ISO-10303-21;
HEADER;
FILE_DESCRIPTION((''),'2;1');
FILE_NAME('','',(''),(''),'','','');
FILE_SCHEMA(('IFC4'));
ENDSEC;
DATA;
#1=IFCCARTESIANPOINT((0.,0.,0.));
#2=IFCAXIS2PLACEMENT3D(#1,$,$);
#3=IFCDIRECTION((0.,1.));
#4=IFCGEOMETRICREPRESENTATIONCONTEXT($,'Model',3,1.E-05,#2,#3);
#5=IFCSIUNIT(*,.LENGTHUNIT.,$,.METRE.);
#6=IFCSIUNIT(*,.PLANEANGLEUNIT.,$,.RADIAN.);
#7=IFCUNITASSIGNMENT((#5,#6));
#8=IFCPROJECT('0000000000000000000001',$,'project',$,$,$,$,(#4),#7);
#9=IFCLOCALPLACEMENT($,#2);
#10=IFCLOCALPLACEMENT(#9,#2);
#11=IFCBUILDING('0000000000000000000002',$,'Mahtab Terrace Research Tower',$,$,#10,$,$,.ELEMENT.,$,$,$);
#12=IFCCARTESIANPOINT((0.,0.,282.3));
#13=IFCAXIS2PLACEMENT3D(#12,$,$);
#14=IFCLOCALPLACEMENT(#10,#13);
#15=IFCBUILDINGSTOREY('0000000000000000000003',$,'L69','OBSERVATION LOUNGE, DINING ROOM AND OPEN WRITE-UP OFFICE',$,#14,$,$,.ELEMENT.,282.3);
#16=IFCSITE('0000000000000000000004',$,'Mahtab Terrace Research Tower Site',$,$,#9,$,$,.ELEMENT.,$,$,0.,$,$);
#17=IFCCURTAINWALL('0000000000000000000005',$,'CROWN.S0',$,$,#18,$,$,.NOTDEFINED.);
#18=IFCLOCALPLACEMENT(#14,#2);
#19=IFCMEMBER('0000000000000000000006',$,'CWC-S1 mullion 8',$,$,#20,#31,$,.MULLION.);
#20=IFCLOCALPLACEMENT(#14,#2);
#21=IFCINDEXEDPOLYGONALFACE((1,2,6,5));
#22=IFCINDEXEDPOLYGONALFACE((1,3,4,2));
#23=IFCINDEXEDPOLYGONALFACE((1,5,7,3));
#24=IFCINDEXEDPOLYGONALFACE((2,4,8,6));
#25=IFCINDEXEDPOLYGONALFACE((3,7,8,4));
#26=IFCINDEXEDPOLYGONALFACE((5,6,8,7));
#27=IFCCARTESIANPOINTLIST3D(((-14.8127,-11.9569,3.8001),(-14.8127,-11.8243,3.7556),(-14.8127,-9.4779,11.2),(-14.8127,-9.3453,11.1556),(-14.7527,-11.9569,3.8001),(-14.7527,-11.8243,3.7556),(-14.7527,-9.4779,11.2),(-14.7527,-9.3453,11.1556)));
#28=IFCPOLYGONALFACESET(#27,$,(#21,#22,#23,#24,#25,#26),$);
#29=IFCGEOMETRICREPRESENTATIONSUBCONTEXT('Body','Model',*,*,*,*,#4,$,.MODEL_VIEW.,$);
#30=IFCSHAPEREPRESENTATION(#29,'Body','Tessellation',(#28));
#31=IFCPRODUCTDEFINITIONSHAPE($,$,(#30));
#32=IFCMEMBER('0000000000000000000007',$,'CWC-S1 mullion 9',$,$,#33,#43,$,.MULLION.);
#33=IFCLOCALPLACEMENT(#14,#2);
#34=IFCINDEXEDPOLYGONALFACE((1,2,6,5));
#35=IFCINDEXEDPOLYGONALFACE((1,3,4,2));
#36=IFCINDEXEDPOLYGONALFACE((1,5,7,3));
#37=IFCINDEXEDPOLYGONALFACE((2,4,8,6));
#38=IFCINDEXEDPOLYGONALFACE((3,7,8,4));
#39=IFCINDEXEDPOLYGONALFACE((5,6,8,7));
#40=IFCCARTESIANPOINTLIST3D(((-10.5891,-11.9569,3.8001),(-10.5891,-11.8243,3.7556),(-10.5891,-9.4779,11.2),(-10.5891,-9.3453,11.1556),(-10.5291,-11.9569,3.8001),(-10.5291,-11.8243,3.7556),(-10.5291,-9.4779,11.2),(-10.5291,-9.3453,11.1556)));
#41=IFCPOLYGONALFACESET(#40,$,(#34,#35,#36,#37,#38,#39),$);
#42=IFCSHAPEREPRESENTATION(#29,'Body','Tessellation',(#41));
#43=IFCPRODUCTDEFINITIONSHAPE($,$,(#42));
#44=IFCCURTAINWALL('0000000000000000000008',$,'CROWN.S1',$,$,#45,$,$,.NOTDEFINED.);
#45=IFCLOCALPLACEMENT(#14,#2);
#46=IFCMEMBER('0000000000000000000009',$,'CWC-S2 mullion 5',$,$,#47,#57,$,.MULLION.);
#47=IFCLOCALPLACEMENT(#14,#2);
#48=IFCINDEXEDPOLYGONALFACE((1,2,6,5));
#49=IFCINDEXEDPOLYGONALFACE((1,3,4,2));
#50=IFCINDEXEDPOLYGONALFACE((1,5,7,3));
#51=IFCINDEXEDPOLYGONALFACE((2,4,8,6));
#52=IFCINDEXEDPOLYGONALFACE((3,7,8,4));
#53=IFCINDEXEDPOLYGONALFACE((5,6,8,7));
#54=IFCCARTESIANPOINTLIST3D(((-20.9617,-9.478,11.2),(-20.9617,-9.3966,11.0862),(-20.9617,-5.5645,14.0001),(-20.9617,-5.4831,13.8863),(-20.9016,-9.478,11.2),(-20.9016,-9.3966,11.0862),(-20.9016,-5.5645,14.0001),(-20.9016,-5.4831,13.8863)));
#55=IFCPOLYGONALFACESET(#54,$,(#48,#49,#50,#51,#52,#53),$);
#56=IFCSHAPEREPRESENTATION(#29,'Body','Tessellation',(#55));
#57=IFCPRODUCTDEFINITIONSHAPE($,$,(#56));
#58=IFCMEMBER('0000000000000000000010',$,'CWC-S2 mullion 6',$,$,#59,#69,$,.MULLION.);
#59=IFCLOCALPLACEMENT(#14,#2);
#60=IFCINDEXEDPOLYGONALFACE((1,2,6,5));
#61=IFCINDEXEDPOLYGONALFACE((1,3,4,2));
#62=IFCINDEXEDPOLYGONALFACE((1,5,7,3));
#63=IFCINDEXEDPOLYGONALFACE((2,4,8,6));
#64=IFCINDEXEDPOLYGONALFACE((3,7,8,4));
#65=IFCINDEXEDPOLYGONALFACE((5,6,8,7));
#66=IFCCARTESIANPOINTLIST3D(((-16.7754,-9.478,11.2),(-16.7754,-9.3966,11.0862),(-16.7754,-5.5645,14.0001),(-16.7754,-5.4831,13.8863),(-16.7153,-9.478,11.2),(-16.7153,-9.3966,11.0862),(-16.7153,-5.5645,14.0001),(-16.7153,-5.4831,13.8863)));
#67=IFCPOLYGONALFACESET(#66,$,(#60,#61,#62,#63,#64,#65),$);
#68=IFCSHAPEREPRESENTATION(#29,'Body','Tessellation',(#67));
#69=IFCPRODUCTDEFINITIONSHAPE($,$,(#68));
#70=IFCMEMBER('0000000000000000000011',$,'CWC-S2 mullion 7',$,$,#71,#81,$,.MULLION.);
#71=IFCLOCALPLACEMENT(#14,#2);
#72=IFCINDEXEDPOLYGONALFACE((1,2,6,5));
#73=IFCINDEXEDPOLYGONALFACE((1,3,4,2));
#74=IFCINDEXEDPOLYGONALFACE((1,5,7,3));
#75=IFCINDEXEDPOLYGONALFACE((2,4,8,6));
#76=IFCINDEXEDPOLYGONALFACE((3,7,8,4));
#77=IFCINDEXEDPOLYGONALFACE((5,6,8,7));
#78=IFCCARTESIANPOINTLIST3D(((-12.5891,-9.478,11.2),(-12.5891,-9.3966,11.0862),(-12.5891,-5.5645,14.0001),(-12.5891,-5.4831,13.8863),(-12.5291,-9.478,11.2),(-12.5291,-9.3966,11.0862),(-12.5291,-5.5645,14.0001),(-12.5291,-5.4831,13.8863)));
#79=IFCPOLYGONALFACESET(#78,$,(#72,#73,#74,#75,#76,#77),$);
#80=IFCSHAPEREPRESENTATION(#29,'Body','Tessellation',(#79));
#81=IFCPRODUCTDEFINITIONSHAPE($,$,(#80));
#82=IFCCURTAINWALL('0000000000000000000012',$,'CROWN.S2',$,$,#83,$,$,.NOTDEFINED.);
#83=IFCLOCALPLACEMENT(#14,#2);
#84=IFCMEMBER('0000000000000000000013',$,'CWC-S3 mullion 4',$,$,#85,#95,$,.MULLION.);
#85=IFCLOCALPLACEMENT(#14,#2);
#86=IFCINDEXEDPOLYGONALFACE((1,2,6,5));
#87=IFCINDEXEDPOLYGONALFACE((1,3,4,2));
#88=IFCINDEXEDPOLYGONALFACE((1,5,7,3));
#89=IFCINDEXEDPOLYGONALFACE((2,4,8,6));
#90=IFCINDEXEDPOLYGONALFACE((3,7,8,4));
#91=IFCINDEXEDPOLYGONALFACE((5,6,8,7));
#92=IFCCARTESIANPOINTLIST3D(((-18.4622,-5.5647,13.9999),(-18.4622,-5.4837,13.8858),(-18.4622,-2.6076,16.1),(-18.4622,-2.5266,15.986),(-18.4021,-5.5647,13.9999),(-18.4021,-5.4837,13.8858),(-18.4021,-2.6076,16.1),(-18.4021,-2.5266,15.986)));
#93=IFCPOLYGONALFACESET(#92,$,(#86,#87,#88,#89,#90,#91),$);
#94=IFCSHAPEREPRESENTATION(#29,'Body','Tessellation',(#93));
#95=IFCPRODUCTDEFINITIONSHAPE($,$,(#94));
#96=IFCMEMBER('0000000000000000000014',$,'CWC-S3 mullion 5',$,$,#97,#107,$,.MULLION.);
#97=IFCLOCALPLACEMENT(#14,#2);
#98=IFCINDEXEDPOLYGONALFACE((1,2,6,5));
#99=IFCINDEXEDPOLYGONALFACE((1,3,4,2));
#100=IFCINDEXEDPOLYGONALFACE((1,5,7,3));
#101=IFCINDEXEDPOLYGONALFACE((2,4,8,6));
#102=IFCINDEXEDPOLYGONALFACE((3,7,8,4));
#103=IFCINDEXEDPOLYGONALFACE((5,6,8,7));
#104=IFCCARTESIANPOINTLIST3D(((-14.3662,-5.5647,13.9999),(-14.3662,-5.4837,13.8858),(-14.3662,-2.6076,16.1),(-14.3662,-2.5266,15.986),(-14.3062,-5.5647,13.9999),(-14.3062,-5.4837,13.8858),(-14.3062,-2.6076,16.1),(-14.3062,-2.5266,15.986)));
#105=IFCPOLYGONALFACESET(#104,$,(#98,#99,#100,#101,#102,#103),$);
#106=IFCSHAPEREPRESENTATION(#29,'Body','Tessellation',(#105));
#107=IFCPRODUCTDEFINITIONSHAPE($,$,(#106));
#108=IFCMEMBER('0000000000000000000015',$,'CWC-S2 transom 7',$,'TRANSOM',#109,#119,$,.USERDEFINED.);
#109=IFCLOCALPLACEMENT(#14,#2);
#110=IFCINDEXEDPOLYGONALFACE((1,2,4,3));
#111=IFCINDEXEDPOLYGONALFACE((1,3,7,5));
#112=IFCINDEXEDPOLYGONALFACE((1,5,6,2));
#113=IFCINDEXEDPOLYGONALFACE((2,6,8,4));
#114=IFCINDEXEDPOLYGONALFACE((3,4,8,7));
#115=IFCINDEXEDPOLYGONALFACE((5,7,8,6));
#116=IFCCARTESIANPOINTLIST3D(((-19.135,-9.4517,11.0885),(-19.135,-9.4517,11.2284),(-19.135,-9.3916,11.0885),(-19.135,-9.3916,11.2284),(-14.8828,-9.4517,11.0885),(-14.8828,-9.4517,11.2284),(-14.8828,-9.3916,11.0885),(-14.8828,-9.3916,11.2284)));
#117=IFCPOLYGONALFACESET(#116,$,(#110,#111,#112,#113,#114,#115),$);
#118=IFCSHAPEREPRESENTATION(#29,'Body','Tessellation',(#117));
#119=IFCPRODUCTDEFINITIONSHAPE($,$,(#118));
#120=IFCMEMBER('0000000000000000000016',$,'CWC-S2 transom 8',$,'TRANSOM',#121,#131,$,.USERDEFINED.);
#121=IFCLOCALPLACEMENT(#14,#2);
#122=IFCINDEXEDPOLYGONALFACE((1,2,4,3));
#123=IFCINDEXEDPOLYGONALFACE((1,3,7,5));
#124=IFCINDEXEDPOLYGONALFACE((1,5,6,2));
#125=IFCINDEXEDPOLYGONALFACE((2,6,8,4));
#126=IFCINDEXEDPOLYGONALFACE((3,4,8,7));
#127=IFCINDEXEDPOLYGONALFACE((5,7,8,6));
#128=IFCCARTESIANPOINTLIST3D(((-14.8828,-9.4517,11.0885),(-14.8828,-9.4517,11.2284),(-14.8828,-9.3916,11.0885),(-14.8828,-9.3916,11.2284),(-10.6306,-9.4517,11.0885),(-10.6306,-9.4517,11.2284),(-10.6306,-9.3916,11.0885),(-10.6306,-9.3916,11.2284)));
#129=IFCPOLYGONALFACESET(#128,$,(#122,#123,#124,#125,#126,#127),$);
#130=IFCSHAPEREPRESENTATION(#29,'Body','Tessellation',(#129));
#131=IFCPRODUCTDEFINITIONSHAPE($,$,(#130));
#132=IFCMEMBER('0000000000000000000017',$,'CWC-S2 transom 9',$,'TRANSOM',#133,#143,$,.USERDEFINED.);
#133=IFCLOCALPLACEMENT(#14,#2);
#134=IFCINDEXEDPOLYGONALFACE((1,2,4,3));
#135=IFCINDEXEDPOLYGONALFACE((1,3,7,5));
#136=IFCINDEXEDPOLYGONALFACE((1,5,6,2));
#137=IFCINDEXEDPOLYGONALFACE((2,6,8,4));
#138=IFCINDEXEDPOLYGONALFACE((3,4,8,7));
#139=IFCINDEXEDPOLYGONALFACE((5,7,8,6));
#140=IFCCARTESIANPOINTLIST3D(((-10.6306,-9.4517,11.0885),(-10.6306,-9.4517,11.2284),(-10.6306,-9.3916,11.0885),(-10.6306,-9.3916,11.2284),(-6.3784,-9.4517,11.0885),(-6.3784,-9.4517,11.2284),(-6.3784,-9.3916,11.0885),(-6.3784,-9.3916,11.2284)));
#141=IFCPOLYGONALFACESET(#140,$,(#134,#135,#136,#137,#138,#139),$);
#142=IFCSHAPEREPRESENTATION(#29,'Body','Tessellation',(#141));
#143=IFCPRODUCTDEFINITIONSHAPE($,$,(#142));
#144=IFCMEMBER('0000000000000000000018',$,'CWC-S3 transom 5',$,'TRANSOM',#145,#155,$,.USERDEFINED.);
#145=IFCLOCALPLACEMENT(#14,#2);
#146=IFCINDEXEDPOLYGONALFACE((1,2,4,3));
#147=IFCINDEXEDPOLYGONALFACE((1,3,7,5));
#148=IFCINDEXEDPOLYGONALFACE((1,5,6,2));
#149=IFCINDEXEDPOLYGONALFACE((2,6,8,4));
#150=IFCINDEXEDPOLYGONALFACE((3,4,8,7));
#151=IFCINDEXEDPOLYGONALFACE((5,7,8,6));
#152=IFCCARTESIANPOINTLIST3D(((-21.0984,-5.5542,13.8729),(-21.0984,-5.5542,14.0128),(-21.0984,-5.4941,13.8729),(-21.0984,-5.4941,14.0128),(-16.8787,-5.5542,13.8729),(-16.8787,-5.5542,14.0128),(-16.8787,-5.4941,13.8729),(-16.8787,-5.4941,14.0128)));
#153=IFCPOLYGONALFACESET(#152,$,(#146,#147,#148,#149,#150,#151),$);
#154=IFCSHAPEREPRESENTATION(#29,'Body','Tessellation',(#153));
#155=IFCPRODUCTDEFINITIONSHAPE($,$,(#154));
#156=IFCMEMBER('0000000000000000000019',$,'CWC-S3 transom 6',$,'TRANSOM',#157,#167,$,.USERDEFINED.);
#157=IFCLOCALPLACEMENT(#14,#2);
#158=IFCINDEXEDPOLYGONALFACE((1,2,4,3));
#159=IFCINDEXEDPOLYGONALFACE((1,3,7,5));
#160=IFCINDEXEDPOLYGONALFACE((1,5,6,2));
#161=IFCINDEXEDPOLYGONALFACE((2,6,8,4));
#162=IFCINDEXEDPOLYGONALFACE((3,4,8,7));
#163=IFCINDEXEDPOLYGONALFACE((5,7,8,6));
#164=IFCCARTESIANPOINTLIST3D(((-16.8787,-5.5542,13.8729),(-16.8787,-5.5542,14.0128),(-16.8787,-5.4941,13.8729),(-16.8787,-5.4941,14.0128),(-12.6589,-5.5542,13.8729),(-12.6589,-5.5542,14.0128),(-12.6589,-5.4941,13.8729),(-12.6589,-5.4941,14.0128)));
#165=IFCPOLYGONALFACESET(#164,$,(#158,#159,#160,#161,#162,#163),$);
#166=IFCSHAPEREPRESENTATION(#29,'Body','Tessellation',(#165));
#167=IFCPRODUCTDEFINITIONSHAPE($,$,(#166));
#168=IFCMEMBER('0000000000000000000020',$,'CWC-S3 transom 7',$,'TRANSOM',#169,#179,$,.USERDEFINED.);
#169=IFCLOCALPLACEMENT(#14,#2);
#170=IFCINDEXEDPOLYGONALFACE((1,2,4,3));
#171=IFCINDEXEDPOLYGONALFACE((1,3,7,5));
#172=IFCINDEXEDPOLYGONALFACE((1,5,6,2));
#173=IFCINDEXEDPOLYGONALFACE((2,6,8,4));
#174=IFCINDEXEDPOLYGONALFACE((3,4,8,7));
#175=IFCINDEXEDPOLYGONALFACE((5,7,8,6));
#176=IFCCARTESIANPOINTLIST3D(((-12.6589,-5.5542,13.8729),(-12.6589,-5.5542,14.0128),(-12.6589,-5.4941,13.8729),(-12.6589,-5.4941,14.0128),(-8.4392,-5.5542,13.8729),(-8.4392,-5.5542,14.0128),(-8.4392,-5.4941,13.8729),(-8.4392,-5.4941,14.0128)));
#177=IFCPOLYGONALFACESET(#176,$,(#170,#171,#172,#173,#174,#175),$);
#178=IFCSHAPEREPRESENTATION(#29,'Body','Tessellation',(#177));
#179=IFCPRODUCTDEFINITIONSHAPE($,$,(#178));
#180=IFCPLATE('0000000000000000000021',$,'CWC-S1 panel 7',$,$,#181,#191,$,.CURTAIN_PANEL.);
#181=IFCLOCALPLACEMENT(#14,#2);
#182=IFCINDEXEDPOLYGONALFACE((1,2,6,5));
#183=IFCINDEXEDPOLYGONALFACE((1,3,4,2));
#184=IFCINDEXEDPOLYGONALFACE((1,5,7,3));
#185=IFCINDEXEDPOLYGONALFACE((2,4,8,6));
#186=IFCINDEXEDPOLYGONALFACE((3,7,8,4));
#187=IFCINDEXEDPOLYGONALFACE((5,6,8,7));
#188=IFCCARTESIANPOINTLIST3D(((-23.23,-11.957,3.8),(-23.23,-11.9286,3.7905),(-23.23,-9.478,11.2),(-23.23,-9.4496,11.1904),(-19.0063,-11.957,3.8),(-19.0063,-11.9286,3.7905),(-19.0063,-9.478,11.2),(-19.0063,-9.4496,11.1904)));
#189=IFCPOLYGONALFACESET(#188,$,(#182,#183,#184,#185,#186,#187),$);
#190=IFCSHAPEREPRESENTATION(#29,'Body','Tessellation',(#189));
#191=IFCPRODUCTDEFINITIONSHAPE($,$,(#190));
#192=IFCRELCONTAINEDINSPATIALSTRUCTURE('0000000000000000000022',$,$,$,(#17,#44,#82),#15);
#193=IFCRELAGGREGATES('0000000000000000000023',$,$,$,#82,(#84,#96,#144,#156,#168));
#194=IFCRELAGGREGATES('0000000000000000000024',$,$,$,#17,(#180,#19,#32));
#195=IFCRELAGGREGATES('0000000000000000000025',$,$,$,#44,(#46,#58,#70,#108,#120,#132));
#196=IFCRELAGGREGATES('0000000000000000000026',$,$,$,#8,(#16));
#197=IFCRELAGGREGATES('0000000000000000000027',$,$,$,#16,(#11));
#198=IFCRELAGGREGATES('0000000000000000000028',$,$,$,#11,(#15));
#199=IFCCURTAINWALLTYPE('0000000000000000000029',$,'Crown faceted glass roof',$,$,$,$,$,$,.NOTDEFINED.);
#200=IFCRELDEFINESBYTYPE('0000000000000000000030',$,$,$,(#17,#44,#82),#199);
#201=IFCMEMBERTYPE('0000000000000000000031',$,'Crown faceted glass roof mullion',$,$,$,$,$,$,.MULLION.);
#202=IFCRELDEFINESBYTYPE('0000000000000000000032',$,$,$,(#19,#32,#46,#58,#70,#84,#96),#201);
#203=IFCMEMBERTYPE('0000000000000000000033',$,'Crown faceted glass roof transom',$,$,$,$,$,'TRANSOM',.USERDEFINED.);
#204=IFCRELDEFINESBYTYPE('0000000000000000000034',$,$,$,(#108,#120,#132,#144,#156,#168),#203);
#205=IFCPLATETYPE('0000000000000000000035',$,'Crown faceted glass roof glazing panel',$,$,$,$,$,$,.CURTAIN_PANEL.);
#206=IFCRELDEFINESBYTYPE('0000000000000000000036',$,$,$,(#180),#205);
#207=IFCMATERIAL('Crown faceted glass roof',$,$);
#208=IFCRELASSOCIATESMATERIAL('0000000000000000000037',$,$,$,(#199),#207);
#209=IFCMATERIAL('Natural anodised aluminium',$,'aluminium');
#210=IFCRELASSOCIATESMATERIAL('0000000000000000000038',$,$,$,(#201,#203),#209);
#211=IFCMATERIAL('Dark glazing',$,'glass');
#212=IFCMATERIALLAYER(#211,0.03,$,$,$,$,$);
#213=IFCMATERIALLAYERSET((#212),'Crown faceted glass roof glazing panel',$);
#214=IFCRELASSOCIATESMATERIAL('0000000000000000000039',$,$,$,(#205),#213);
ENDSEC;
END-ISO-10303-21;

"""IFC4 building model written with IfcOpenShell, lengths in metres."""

from ifc_helpers import new_model, si_unit, direction, frame, origin, origin_2d, place, context, subcontext, project, spatial, polyline, rectangle, outline, extrude, material, layer, layer_set, material_profile, profile_set, type_object, element, aggregate, save


model = new_model("IFC4")

# Units and contexts
model_context = context("Model", 3, precision=1e-05, world=origin(), true_north=direction((0.0, 1.0)))
body_context = subcontext(model_context, "Body", "Model", "MODEL_VIEW")
ifc_project = project(units=[si_unit("LENGTHUNIT", "METRE"), si_unit("PLANEANGLEUNIT", "RADIAN")], contexts=[model_context])

# Site, building, storey
site_placement = place(None, origin())
site = spatial("IfcSite", under=ifc_project, at=site_placement, Name="Mahtab Terrace Research Tower Site", CompositionType="ELEMENT", RefElevation=0.0)
building_placement = place(site_placement, origin())
building = spatial("IfcBuilding", under=site, at=building_placement, Name="Mahtab Terrace Research Tower", CompositionType="ELEMENT")
storey_placement = place(building_placement, frame((0.0, 0.0, 282.3)))
storey = spatial("IfcBuildingStorey", under=building, at=storey_placement, Name="L69", Description="OBSERVATION LOUNGE, DINING ROOM AND OPEN WRITE-UP OFFICE", CompositionType="ELEMENT", Elevation=282.3)

# Curtain walls, members
ifc_material_1 = material(Name="Crown faceted glass roof")
curtain_wall_type = type_object("IfcCurtainWallType", Name="Crown faceted glass roof", PredefinedType="NOTDEFINED", material=ifc_material_1)
curtain_wall_1_placement = place(storey_placement, origin())
curtain_wall_1 = element("IfcCurtainWall", 1, at=curtain_wall_1_placement, inside=storey, type_object=curtain_wall_type, Name="CROWN.S0", PredefinedType="NOTDEFINED")
ifc_material_2 = material(Name="Natural anodised aluminium", Category="aluminium")
ifc_material_profile_1 = material_profile(ifc_material_2, rectangle(XDim=0.0601, YDim=0.1399, at=origin_2d()), Name="MULLION 60x140")
ifc_profile_set_1 = profile_set([ifc_material_profile_1], Name="Natural anodised aluminium")
member_type_1 = type_object("IfcMemberType", Name="Crown faceted glass roof mullion", PredefinedType="MULLION", material=ifc_profile_set_1)
member_1_placement = place(storey_placement, frame((-14.7827, -11.8906, 3.7778), z_axis=(0.0, 0.317654, 0.948207), x_axis=(-1.0, 0.0, 0.0)))
member_1 = element("IfcMember", 2, at=member_1_placement, type_object=member_type_1, Name="CWC-S1 mullion 8", PredefinedType="MULLION", context=body_context, shape_type="SweptSolid", body=[
    extrude(rectangle(XDim=0.0601, YDim=0.1399, at=origin_2d()), origin(), (0.0, 0.0, 1.0), 7.8042),
])
member_2_placement = place(storey_placement, frame((-10.5591, -11.8906, 3.7778), z_axis=(0.0, 0.317654, 0.948207), x_axis=(-1.0, 0.0, 0.0)))
member_2 = element("IfcMember", 3, at=member_2_placement, type_object=member_type_1, Name="CWC-S1 mullion 9", PredefinedType="MULLION", context=body_context, shape_type="SweptSolid", body=[
    extrude(rectangle(XDim=0.0601, YDim=0.1399, at=origin_2d()), origin(), (0.0, 0.0, 1.0), 7.8042),
])
curtain_wall_2_placement = place(storey_placement, origin())
curtain_wall_2 = element("IfcCurtainWall", 4, at=curtain_wall_2_placement, inside=storey, type_object=curtain_wall_type, Name="CROWN.S1", PredefinedType="NOTDEFINED")
member_3_placement = place(storey_placement, frame((-20.9316, -9.4373, 11.1431), z_axis=(0.0, 0.81326, 0.5819), x_axis=(-1.0, 0.0, 0.0)))
member_3 = element("IfcMember", 5, at=member_3_placement, type_object=member_type_1, Name="CWC-S2 mullion 5", PredefinedType="MULLION", context=body_context, shape_type="SweptSolid", body=[
    extrude(rectangle(XDim=0.0601, YDim=0.1399, at=origin_2d()), origin(), (0.0, 0.0, 1.0), 4.812),
])
member_4_placement = place(storey_placement, frame((-16.7454, -9.4373, 11.1431), z_axis=(0.0, 0.81326, 0.5819), x_axis=(-1.0, 0.0, 0.0)))
member_4 = element("IfcMember", 6, at=member_4_placement, type_object=member_type_1, Name="CWC-S2 mullion 6", PredefinedType="MULLION", context=body_context, shape_type="SweptSolid", body=[
    extrude(rectangle(XDim=0.0601, YDim=0.1399, at=origin_2d()), origin(), (0.0, 0.0, 1.0), 4.812),
])
member_5_placement = place(storey_placement, frame((-12.5591, -9.4373, 11.1431), z_axis=(0.0, 0.81326, 0.5819), x_axis=(-1.0, 0.0, 0.0)))
member_5 = element("IfcMember", 7, at=member_5_placement, type_object=member_type_1, Name="CWC-S2 mullion 7", PredefinedType="MULLION", context=body_context, shape_type="SweptSolid", body=[
    extrude(rectangle(XDim=0.0601, YDim=0.1399, at=origin_2d()), origin(), (0.0, 0.0, 1.0), 4.812),
])
curtain_wall_3_placement = place(storey_placement, origin())
curtain_wall_3 = element("IfcCurtainWall", 8, at=curtain_wall_3_placement, inside=storey, type_object=curtain_wall_type, Name="CROWN.S2", PredefinedType="NOTDEFINED")
member_6_placement = place(storey_placement, frame((-18.4321, -5.5242, 13.9429), z_axis=(0.0, 0.815304, 0.579033), x_axis=(-1.0, 0.0, 0.0)))
member_6 = element("IfcMember", 9, at=member_6_placement, type_object=member_type_1, Name="CWC-S3 mullion 4", PredefinedType="MULLION", context=body_context, shape_type="SweptSolid", body=[
    extrude(rectangle(XDim=0.0601, YDim=0.1399, at=origin_2d()), origin(), (0.0, 0.0, 1.0), 3.627),
])
member_7_placement = place(storey_placement, frame((-14.3362, -5.5242, 13.9429), z_axis=(0.0, 0.815304, 0.579033), x_axis=(-1.0, 0.0, 0.0)))
member_7 = element("IfcMember", 10, at=member_7_placement, type_object=member_type_1, Name="CWC-S3 mullion 5", PredefinedType="MULLION", context=body_context, shape_type="SweptSolid", body=[
    extrude(rectangle(XDim=0.0601, YDim=0.1399, at=origin_2d()), origin(), (0.0, 0.0, 1.0), 3.627),
])

# Members
ifc_material_profile_2 = material_profile(ifc_material_2, rectangle(XDim=0.0601, YDim=0.1399, at=origin_2d()), Name="TRANSOM 60x140")
ifc_profile_set_2 = profile_set([ifc_material_profile_2], Name="Natural anodised aluminium")
member_type_2 = type_object("IfcMemberType", Name="Crown faceted glass roof transom", ElementType="TRANSOM", PredefinedType="USERDEFINED", material=ifc_profile_set_2)
member_8_placement = place(storey_placement, frame((-19.135, -9.4216, 11.1584), z_axis=(1.0, 0.0, 0.0), x_axis=(0.0, 1.0, 0.0)))
member_8 = element("IfcMember", 11, at=member_8_placement, type_object=member_type_2, Name="CWC-S2 transom 7", ObjectType="TRANSOM", PredefinedType="USERDEFINED", context=body_context, shape_type="SweptSolid", body=[
    extrude(rectangle(XDim=0.0601, YDim=0.1399, at=origin_2d()), origin(), (0.0, 0.0, 1.0), 4.2522),
])
member_9_placement = place(storey_placement, frame((-14.8828, -9.4216, 11.1584), z_axis=(1.0, 0.0, 0.0), x_axis=(0.0, 1.0, 0.0)))
member_9 = element("IfcMember", 12, at=member_9_placement, type_object=member_type_2, Name="CWC-S2 transom 8", ObjectType="TRANSOM", PredefinedType="USERDEFINED", context=body_context, shape_type="SweptSolid", body=[
    extrude(rectangle(XDim=0.0601, YDim=0.1399, at=origin_2d()), origin(), (0.0, 0.0, 1.0), 4.2522),
])
member_10_placement = place(storey_placement, frame((-10.6306, -9.4216, 11.1584), z_axis=(1.0, 0.0, 0.0), x_axis=(0.0, 1.0, 0.0)))
member_10 = element("IfcMember", 13, at=member_10_placement, type_object=member_type_2, Name="CWC-S2 transom 9", ObjectType="TRANSOM", PredefinedType="USERDEFINED", context=body_context, shape_type="SweptSolid", body=[
    extrude(rectangle(XDim=0.0601, YDim=0.1399, at=origin_2d()), origin(), (0.0, 0.0, 1.0), 4.2522),
])
member_11_placement = place(storey_placement, frame((-21.0984, -5.5242, 13.9429), z_axis=(1.0, 0.0, 0.0), x_axis=(0.0, 1.0, 0.0)))
member_11 = element("IfcMember", 14, at=member_11_placement, type_object=member_type_2, Name="CWC-S3 transom 5", ObjectType="TRANSOM", PredefinedType="USERDEFINED", context=body_context, shape_type="SweptSolid", body=[
    extrude(rectangle(XDim=0.0601, YDim=0.1399, at=origin_2d()), origin(), (0.0, 0.0, 1.0), 4.2197),
])
member_12_placement = place(storey_placement, frame((-16.8787, -5.5242, 13.9429), z_axis=(1.0, 0.0, 0.0), x_axis=(0.0, 1.0, 0.0)))
member_12 = element("IfcMember", 15, at=member_12_placement, type_object=member_type_2, Name="CWC-S3 transom 6", ObjectType="TRANSOM", PredefinedType="USERDEFINED", context=body_context, shape_type="SweptSolid", body=[
    extrude(rectangle(XDim=0.0601, YDim=0.1399, at=origin_2d()), origin(), (0.0, 0.0, 1.0), 4.2197),
])
member_13_placement = place(storey_placement, frame((-12.6589, -5.5242, 13.9429), z_axis=(1.0, 0.0, 0.0), x_axis=(0.0, 1.0, 0.0)))
member_13 = element("IfcMember", 16, at=member_13_placement, type_object=member_type_2, Name="CWC-S3 transom 7", ObjectType="TRANSOM", PredefinedType="USERDEFINED", context=body_context, shape_type="SweptSolid", body=[
    extrude(rectangle(XDim=0.0601, YDim=0.1399, at=origin_2d()), origin(), (0.0, 0.0, 1.0), 4.2197),
])
aggregate(curtain_wall_3, [member_6, member_7, member_11, member_12, member_13])

# Plate
ifc_material_3 = material(Name="Dark glazing", Category="glass")
ifc_layer = layer(ifc_material_3, 0.03)
ifc_layer_set = layer_set([ifc_layer], Name="Crown faceted glass roof glazing panel")
plate_type = type_object("IfcPlateType", Name="Crown faceted glass roof glazing panel", PredefinedType="CURTAIN_PANEL", material=ifc_layer_set)
plate_1_placement = place(storey_placement, frame((-19.0063, -11.957, 3.8), z_axis=(0.0, -0.948207, 0.317654), x_axis=(0.0, 0.317654, 0.948207)))
plate_1 = element("IfcPlate", 17, at=plate_1_placement, type_object=plate_type, Name="CWC-S1 panel 7", PredefinedType="CURTAIN_PANEL", context=body_context, shape_type="SweptSolid", body=[
    extrude(outline(polyline([(0.0, 0.0), (7.8041, 0.0), (7.8041, 4.2236), (0.0, 4.2236), (0.0, 0.0)])), origin(), (0.0, 0.0, -1.0), 0.03),
])
aggregate(curtain_wall_1, [plate_1, member_1, member_2])
aggregate(curtain_wall_2, [member_3, member_4, member_5, member_8, member_9, member_10])

save(model, "model.ifc")
